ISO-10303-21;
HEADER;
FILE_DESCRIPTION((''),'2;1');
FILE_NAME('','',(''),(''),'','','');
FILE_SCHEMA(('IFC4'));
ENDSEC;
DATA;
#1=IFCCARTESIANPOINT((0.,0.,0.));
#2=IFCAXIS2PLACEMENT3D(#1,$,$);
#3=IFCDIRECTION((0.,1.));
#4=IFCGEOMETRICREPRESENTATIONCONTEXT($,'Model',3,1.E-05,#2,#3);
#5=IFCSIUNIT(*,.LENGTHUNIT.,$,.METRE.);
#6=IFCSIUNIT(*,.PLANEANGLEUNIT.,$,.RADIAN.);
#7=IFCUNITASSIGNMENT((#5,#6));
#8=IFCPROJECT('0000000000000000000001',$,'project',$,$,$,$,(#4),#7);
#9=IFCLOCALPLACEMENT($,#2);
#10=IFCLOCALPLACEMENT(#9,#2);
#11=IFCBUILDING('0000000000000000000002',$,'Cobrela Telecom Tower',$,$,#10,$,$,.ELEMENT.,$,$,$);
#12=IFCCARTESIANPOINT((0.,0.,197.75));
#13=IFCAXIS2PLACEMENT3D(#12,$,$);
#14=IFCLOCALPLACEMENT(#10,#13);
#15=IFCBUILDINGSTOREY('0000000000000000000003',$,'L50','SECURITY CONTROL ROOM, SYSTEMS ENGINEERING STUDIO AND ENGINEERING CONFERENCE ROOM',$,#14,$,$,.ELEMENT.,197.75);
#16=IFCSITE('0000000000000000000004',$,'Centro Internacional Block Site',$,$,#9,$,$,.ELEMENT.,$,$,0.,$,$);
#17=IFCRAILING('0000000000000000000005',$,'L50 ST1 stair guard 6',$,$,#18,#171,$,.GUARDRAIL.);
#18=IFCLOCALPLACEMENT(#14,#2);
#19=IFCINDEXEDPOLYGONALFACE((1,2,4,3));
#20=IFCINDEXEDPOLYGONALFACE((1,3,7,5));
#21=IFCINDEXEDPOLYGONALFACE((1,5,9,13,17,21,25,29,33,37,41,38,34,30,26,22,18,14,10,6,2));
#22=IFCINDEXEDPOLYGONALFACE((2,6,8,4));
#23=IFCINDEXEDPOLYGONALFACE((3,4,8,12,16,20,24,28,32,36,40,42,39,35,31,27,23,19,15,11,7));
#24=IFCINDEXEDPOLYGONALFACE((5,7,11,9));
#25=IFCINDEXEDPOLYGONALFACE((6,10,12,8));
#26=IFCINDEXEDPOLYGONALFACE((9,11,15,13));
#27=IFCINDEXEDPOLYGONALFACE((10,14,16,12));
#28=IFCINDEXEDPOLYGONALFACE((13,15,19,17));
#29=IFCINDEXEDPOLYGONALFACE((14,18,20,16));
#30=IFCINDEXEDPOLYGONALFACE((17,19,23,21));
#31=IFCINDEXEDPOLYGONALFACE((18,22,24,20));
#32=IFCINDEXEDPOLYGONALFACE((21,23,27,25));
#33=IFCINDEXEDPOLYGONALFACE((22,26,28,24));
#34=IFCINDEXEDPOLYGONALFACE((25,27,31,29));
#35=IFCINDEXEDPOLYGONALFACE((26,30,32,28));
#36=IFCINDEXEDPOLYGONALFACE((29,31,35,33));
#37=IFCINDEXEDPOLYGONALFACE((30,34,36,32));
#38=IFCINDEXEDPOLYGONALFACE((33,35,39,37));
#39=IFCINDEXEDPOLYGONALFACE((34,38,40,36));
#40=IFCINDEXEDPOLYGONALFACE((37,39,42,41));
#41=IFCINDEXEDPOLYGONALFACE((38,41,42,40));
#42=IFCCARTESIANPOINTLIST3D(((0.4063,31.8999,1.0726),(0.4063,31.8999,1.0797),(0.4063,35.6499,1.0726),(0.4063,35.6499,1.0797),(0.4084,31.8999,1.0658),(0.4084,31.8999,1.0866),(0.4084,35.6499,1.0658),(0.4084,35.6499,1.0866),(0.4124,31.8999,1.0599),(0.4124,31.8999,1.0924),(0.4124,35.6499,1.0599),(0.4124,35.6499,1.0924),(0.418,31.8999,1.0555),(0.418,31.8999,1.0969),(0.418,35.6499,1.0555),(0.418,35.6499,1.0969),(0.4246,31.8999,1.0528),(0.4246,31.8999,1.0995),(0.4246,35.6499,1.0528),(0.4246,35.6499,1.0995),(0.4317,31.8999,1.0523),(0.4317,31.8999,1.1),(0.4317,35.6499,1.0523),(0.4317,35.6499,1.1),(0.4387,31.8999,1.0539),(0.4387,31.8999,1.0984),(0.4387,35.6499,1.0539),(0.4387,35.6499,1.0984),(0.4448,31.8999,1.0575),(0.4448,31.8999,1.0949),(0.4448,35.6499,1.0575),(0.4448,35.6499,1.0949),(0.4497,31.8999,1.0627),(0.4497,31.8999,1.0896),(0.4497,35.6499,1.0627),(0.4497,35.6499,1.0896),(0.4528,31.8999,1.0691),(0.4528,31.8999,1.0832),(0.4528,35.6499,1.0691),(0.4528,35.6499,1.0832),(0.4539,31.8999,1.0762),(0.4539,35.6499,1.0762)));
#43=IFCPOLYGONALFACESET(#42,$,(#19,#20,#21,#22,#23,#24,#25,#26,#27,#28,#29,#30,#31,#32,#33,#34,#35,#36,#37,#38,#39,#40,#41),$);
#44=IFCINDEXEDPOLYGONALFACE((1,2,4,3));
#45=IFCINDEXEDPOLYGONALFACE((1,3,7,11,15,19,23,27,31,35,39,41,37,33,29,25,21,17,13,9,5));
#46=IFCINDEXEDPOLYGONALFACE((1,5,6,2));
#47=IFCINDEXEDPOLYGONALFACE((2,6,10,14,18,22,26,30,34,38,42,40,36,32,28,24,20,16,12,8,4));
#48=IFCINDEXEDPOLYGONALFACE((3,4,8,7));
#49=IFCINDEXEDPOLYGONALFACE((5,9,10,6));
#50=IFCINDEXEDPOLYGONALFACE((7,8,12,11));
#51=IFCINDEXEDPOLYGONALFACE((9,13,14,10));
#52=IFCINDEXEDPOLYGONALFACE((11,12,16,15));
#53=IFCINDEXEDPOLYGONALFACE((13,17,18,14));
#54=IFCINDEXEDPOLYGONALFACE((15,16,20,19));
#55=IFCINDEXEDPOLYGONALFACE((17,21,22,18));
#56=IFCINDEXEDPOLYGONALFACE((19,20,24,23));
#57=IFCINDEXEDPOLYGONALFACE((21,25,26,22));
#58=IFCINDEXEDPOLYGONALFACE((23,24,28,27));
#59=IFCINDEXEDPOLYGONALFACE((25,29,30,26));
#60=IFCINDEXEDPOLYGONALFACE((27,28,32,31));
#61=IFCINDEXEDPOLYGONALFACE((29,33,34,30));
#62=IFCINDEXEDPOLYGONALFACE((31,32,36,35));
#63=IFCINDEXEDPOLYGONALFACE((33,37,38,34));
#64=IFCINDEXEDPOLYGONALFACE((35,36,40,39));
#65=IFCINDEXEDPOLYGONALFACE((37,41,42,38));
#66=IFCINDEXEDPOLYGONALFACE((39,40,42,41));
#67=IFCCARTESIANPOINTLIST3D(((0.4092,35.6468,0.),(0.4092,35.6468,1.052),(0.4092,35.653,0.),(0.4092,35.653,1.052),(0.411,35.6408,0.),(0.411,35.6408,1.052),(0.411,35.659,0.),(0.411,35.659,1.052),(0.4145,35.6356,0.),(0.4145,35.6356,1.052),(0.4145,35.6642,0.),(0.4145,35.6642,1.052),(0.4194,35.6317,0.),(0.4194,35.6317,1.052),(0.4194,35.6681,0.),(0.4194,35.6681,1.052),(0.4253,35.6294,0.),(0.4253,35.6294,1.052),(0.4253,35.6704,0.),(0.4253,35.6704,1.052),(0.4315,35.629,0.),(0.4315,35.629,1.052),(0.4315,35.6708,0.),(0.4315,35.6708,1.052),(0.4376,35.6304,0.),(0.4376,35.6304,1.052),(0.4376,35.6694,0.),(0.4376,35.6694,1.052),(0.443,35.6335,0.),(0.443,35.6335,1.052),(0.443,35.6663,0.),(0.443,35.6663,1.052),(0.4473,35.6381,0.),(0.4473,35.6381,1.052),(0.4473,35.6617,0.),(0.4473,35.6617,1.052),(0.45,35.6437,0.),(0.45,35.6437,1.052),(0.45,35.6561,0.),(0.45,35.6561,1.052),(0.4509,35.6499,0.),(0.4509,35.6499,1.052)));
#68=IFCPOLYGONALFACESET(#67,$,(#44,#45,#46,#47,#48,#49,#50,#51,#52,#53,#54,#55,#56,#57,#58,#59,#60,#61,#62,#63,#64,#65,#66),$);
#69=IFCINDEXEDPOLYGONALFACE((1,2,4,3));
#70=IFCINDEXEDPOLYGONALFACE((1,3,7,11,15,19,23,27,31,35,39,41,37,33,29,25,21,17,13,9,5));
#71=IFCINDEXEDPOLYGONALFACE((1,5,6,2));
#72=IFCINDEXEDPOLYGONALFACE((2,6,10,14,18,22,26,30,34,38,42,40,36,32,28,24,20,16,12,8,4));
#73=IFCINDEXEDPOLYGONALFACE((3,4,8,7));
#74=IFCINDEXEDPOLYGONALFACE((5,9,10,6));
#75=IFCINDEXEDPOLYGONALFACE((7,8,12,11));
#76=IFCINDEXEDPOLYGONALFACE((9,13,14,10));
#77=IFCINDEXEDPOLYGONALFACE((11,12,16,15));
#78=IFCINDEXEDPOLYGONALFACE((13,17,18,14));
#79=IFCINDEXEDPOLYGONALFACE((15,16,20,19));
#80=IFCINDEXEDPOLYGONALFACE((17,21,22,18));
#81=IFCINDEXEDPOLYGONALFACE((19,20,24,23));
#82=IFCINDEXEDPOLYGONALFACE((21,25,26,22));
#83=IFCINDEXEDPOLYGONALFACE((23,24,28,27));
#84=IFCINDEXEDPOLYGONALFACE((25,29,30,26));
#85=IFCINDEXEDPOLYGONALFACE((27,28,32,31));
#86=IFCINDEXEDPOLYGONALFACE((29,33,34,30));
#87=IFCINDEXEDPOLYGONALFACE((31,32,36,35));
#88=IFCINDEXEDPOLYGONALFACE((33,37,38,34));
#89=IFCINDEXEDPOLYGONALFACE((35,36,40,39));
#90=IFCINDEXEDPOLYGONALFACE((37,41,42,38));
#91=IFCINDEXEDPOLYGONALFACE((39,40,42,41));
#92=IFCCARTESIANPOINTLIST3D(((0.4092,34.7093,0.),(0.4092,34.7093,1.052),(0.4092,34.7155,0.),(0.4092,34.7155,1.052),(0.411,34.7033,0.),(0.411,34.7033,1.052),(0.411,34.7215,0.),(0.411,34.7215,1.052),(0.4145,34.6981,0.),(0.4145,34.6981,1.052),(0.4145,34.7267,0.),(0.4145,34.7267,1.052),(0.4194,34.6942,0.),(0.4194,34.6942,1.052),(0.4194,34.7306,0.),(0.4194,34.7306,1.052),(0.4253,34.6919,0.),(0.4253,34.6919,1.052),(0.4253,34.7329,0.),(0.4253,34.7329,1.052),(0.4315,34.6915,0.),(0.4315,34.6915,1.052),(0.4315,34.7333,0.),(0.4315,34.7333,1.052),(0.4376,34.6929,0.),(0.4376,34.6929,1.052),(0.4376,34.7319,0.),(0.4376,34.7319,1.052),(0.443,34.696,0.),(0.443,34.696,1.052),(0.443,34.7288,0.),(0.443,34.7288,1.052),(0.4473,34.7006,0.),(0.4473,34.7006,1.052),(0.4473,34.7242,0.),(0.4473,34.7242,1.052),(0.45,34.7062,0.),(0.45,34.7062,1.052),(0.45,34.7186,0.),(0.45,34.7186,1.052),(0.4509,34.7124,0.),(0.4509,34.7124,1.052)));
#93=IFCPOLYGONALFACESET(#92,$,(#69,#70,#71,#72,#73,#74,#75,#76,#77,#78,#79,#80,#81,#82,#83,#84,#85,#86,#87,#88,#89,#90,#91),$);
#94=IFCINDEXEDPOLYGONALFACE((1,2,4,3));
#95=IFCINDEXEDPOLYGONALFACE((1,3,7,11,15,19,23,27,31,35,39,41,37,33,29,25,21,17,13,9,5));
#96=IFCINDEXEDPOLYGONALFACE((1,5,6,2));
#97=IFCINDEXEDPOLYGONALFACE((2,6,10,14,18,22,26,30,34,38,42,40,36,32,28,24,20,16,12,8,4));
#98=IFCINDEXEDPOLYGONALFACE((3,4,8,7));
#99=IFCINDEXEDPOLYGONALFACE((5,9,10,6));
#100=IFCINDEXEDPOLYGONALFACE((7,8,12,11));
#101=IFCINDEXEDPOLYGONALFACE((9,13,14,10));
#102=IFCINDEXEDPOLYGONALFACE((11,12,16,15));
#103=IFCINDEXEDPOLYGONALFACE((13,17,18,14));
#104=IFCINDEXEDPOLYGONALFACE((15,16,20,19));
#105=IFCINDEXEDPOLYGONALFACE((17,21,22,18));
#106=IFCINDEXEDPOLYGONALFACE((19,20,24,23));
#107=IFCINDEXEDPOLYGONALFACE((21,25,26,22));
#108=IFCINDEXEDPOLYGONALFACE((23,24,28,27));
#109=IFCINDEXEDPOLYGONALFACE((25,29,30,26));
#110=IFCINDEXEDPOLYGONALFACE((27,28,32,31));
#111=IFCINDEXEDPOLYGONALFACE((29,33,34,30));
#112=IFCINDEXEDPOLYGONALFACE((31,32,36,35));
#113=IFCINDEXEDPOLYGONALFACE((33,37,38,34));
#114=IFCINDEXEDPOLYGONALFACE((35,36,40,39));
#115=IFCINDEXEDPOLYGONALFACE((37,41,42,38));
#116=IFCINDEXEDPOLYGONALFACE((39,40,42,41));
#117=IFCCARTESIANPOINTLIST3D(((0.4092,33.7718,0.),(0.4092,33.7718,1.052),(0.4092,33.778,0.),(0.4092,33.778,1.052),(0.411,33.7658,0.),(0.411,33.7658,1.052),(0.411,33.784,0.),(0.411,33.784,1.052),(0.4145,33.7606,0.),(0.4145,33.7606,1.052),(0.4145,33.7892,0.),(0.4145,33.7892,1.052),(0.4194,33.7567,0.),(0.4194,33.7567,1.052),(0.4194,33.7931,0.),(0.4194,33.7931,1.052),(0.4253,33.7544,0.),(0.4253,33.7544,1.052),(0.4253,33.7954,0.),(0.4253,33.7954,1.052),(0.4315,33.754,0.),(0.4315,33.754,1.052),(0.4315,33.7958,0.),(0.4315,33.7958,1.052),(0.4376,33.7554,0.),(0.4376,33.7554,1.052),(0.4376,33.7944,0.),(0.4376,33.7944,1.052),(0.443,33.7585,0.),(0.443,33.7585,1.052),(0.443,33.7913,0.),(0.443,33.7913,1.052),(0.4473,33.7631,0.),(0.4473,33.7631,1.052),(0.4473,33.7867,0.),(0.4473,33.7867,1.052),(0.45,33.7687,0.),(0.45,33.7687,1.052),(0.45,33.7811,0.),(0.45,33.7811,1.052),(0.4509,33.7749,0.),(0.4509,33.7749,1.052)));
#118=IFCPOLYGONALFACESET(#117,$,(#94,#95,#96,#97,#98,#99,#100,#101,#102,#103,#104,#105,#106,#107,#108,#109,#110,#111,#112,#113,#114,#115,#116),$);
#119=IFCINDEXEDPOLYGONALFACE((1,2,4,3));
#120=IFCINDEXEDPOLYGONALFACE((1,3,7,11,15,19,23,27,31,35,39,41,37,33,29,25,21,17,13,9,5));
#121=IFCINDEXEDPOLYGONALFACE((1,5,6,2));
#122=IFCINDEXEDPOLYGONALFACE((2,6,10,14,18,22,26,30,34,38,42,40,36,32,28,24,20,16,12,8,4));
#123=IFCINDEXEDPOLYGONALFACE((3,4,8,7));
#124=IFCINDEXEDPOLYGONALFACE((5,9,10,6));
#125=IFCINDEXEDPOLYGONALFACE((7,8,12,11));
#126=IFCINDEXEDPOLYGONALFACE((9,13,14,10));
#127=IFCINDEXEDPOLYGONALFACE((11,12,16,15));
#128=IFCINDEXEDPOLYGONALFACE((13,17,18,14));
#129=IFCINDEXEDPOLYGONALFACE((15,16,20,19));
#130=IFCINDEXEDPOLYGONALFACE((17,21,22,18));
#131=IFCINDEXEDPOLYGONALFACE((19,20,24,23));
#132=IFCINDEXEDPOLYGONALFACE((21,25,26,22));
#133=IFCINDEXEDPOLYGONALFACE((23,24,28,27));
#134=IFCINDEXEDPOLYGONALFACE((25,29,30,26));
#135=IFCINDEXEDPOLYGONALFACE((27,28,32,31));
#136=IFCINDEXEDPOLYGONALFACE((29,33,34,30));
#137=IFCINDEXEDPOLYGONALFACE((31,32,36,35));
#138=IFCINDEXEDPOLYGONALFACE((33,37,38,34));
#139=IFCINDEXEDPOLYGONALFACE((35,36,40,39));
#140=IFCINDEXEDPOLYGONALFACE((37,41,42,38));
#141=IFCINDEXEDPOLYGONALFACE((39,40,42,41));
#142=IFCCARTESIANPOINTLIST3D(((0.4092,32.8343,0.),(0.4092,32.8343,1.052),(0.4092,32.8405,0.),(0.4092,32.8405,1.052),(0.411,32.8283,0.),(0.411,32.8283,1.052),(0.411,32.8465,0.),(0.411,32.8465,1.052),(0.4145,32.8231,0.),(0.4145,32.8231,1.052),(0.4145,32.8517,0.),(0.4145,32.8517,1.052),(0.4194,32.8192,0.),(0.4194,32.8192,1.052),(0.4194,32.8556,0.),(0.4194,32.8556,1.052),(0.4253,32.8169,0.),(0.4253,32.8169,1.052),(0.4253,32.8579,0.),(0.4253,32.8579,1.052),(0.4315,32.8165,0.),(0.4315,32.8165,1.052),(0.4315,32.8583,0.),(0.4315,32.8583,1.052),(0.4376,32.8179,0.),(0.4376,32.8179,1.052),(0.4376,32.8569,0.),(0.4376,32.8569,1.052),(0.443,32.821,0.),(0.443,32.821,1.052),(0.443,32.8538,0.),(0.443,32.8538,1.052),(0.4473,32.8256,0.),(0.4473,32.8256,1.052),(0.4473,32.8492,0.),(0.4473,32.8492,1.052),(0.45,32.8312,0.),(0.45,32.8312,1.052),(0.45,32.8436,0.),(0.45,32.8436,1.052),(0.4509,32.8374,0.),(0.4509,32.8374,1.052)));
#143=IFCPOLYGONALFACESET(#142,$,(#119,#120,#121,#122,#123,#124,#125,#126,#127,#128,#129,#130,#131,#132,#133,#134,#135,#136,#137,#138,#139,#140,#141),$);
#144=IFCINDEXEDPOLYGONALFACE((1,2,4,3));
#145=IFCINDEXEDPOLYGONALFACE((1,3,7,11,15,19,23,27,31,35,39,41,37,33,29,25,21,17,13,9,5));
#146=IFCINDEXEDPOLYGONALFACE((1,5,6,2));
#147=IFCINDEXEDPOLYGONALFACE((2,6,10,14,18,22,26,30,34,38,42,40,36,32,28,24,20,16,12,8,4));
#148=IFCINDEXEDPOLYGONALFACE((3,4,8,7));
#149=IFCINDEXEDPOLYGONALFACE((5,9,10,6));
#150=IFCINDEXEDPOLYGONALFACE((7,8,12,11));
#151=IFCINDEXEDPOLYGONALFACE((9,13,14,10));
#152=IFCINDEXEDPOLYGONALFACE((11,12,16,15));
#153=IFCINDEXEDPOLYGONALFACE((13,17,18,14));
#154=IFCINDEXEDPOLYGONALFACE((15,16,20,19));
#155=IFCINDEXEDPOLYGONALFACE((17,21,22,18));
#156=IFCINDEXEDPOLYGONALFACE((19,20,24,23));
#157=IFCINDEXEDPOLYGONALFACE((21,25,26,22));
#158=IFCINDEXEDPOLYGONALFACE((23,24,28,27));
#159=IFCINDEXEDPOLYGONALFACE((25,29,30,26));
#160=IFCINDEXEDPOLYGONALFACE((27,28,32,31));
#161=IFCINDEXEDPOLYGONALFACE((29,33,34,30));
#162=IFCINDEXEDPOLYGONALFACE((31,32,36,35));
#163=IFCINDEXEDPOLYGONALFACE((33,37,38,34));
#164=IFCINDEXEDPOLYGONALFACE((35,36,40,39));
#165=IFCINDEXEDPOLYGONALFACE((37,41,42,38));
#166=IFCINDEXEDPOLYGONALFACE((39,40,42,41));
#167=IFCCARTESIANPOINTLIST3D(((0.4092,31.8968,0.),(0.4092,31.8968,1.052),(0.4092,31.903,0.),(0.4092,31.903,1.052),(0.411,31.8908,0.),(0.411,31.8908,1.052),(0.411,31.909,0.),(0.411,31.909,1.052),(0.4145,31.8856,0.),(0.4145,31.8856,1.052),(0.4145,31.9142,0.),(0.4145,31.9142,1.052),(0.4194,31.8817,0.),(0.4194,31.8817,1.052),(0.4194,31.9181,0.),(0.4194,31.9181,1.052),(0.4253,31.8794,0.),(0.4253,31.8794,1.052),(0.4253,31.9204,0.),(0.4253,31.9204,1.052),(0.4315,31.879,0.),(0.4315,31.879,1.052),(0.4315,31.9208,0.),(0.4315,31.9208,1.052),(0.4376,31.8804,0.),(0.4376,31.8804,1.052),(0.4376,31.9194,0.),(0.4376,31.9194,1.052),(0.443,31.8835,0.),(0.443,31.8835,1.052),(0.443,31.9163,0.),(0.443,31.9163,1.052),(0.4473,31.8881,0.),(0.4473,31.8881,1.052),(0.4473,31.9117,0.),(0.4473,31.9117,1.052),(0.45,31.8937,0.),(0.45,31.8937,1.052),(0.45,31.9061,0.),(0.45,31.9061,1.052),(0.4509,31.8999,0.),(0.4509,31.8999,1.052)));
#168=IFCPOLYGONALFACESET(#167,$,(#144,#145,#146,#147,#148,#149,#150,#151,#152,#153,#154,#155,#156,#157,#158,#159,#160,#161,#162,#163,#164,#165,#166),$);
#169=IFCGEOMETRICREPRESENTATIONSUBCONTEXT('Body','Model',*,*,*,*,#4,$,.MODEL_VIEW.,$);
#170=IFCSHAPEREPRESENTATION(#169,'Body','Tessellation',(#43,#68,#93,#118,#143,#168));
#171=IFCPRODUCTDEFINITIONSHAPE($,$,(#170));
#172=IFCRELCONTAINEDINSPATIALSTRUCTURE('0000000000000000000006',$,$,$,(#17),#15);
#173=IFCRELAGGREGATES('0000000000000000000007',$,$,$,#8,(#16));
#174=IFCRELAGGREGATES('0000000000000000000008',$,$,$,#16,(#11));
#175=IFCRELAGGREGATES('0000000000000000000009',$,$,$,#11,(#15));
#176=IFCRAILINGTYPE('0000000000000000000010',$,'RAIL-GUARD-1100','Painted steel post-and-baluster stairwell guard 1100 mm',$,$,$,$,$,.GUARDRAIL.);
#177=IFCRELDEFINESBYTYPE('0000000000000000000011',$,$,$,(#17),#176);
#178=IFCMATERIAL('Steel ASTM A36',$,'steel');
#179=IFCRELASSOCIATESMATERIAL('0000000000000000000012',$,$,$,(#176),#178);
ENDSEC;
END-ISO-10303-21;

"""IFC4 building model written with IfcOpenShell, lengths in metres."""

from ifc_helpers import new_model, si_unit, direction, frame, origin, origin_2d, place, context, subcontext, project, spatial, circle, extrude, material, type_object, element, save


model = new_model("IFC4")

# Units and contexts
model_context = context("Model", 3, precision=1e-05, world=origin(), true_north=direction((0.0, 1.0)))
body_context = subcontext(model_context, "Body", "Model", "MODEL_VIEW")
ifc_project = project(units=[si_unit("LENGTHUNIT", "METRE"), si_unit("PLANEANGLEUNIT", "RADIAN")], contexts=[model_context])

# Site, building, storey
site_placement = place(None, origin())
site = spatial("IfcSite", under=ifc_project, at=site_placement, Name="Centro Internacional Block Site", CompositionType="ELEMENT", RefElevation=0.0)
building_placement = place(site_placement, origin())
building = spatial("IfcBuilding", under=site, at=building_placement, Name="Cobrela Telecom Tower", CompositionType="ELEMENT")
storey_placement = place(building_placement, frame((0.0, 0.0, 197.75)))
storey = spatial("IfcBuildingStorey", under=building, at=storey_placement, Name="L50", Description="SECURITY CONTROL ROOM, SYSTEMS ENGINEERING STUDIO AND ENGINEERING CONFERENCE ROOM", CompositionType="ELEMENT", Elevation=197.75)

# Shared definitions
ifc_material_1 = material(Name="Steel ASTM A36", Category="steel")

# Railing
railing_type_1 = type_object("IfcRailingType", Name="RAIL-GUARD-1100", Description="Painted steel post-and-baluster stairwell guard 1100 mm", PredefinedType="GUARDRAIL", material=ifc_material_1)
railing_1_placement = place(storey_placement, frame((0.4299, 35.6499, 0.0)))
element("IfcRailing", 1, at=railing_1_placement, inside=storey, type_object=railing_type_1, Name="L50 ST1 stair guard 6", PredefinedType="GUARDRAIL", context=body_context, shape_type="SweptSolid", body=[
    extrude(circle(Radius=0.0239, at=origin_2d()), frame((0.0, 0.0, 1.0762), z_axis=(0.0, -1.0, 0.0), x_axis=(1.0, 0.0, 0.0)), (0.0, 0.0, 1.0), 3.75),
    extrude(circle(Radius=0.021, at=origin_2d()), origin(), (0.0, 0.0, 1.0), 1.052),
    extrude(circle(Radius=0.021, at=origin_2d()), frame((0.0, -0.9375, 0.0)), (0.0, 0.0, 1.0), 1.052),
    extrude(circle(Radius=0.021, at=origin_2d()), frame((0.0, -1.875, 0.0)), (0.0, 0.0, 1.0), 1.052),
    extrude(circle(Radius=0.021, at=origin_2d()), frame((0.0, -2.8125, 0.0)), (0.0, 0.0, 1.0), 1.052),
    extrude(circle(Radius=0.021, at=origin_2d()), frame((0.0, -3.75, 0.0)), (0.0, 0.0, 1.0), 1.052),
])

save(model, "model.ifc")
